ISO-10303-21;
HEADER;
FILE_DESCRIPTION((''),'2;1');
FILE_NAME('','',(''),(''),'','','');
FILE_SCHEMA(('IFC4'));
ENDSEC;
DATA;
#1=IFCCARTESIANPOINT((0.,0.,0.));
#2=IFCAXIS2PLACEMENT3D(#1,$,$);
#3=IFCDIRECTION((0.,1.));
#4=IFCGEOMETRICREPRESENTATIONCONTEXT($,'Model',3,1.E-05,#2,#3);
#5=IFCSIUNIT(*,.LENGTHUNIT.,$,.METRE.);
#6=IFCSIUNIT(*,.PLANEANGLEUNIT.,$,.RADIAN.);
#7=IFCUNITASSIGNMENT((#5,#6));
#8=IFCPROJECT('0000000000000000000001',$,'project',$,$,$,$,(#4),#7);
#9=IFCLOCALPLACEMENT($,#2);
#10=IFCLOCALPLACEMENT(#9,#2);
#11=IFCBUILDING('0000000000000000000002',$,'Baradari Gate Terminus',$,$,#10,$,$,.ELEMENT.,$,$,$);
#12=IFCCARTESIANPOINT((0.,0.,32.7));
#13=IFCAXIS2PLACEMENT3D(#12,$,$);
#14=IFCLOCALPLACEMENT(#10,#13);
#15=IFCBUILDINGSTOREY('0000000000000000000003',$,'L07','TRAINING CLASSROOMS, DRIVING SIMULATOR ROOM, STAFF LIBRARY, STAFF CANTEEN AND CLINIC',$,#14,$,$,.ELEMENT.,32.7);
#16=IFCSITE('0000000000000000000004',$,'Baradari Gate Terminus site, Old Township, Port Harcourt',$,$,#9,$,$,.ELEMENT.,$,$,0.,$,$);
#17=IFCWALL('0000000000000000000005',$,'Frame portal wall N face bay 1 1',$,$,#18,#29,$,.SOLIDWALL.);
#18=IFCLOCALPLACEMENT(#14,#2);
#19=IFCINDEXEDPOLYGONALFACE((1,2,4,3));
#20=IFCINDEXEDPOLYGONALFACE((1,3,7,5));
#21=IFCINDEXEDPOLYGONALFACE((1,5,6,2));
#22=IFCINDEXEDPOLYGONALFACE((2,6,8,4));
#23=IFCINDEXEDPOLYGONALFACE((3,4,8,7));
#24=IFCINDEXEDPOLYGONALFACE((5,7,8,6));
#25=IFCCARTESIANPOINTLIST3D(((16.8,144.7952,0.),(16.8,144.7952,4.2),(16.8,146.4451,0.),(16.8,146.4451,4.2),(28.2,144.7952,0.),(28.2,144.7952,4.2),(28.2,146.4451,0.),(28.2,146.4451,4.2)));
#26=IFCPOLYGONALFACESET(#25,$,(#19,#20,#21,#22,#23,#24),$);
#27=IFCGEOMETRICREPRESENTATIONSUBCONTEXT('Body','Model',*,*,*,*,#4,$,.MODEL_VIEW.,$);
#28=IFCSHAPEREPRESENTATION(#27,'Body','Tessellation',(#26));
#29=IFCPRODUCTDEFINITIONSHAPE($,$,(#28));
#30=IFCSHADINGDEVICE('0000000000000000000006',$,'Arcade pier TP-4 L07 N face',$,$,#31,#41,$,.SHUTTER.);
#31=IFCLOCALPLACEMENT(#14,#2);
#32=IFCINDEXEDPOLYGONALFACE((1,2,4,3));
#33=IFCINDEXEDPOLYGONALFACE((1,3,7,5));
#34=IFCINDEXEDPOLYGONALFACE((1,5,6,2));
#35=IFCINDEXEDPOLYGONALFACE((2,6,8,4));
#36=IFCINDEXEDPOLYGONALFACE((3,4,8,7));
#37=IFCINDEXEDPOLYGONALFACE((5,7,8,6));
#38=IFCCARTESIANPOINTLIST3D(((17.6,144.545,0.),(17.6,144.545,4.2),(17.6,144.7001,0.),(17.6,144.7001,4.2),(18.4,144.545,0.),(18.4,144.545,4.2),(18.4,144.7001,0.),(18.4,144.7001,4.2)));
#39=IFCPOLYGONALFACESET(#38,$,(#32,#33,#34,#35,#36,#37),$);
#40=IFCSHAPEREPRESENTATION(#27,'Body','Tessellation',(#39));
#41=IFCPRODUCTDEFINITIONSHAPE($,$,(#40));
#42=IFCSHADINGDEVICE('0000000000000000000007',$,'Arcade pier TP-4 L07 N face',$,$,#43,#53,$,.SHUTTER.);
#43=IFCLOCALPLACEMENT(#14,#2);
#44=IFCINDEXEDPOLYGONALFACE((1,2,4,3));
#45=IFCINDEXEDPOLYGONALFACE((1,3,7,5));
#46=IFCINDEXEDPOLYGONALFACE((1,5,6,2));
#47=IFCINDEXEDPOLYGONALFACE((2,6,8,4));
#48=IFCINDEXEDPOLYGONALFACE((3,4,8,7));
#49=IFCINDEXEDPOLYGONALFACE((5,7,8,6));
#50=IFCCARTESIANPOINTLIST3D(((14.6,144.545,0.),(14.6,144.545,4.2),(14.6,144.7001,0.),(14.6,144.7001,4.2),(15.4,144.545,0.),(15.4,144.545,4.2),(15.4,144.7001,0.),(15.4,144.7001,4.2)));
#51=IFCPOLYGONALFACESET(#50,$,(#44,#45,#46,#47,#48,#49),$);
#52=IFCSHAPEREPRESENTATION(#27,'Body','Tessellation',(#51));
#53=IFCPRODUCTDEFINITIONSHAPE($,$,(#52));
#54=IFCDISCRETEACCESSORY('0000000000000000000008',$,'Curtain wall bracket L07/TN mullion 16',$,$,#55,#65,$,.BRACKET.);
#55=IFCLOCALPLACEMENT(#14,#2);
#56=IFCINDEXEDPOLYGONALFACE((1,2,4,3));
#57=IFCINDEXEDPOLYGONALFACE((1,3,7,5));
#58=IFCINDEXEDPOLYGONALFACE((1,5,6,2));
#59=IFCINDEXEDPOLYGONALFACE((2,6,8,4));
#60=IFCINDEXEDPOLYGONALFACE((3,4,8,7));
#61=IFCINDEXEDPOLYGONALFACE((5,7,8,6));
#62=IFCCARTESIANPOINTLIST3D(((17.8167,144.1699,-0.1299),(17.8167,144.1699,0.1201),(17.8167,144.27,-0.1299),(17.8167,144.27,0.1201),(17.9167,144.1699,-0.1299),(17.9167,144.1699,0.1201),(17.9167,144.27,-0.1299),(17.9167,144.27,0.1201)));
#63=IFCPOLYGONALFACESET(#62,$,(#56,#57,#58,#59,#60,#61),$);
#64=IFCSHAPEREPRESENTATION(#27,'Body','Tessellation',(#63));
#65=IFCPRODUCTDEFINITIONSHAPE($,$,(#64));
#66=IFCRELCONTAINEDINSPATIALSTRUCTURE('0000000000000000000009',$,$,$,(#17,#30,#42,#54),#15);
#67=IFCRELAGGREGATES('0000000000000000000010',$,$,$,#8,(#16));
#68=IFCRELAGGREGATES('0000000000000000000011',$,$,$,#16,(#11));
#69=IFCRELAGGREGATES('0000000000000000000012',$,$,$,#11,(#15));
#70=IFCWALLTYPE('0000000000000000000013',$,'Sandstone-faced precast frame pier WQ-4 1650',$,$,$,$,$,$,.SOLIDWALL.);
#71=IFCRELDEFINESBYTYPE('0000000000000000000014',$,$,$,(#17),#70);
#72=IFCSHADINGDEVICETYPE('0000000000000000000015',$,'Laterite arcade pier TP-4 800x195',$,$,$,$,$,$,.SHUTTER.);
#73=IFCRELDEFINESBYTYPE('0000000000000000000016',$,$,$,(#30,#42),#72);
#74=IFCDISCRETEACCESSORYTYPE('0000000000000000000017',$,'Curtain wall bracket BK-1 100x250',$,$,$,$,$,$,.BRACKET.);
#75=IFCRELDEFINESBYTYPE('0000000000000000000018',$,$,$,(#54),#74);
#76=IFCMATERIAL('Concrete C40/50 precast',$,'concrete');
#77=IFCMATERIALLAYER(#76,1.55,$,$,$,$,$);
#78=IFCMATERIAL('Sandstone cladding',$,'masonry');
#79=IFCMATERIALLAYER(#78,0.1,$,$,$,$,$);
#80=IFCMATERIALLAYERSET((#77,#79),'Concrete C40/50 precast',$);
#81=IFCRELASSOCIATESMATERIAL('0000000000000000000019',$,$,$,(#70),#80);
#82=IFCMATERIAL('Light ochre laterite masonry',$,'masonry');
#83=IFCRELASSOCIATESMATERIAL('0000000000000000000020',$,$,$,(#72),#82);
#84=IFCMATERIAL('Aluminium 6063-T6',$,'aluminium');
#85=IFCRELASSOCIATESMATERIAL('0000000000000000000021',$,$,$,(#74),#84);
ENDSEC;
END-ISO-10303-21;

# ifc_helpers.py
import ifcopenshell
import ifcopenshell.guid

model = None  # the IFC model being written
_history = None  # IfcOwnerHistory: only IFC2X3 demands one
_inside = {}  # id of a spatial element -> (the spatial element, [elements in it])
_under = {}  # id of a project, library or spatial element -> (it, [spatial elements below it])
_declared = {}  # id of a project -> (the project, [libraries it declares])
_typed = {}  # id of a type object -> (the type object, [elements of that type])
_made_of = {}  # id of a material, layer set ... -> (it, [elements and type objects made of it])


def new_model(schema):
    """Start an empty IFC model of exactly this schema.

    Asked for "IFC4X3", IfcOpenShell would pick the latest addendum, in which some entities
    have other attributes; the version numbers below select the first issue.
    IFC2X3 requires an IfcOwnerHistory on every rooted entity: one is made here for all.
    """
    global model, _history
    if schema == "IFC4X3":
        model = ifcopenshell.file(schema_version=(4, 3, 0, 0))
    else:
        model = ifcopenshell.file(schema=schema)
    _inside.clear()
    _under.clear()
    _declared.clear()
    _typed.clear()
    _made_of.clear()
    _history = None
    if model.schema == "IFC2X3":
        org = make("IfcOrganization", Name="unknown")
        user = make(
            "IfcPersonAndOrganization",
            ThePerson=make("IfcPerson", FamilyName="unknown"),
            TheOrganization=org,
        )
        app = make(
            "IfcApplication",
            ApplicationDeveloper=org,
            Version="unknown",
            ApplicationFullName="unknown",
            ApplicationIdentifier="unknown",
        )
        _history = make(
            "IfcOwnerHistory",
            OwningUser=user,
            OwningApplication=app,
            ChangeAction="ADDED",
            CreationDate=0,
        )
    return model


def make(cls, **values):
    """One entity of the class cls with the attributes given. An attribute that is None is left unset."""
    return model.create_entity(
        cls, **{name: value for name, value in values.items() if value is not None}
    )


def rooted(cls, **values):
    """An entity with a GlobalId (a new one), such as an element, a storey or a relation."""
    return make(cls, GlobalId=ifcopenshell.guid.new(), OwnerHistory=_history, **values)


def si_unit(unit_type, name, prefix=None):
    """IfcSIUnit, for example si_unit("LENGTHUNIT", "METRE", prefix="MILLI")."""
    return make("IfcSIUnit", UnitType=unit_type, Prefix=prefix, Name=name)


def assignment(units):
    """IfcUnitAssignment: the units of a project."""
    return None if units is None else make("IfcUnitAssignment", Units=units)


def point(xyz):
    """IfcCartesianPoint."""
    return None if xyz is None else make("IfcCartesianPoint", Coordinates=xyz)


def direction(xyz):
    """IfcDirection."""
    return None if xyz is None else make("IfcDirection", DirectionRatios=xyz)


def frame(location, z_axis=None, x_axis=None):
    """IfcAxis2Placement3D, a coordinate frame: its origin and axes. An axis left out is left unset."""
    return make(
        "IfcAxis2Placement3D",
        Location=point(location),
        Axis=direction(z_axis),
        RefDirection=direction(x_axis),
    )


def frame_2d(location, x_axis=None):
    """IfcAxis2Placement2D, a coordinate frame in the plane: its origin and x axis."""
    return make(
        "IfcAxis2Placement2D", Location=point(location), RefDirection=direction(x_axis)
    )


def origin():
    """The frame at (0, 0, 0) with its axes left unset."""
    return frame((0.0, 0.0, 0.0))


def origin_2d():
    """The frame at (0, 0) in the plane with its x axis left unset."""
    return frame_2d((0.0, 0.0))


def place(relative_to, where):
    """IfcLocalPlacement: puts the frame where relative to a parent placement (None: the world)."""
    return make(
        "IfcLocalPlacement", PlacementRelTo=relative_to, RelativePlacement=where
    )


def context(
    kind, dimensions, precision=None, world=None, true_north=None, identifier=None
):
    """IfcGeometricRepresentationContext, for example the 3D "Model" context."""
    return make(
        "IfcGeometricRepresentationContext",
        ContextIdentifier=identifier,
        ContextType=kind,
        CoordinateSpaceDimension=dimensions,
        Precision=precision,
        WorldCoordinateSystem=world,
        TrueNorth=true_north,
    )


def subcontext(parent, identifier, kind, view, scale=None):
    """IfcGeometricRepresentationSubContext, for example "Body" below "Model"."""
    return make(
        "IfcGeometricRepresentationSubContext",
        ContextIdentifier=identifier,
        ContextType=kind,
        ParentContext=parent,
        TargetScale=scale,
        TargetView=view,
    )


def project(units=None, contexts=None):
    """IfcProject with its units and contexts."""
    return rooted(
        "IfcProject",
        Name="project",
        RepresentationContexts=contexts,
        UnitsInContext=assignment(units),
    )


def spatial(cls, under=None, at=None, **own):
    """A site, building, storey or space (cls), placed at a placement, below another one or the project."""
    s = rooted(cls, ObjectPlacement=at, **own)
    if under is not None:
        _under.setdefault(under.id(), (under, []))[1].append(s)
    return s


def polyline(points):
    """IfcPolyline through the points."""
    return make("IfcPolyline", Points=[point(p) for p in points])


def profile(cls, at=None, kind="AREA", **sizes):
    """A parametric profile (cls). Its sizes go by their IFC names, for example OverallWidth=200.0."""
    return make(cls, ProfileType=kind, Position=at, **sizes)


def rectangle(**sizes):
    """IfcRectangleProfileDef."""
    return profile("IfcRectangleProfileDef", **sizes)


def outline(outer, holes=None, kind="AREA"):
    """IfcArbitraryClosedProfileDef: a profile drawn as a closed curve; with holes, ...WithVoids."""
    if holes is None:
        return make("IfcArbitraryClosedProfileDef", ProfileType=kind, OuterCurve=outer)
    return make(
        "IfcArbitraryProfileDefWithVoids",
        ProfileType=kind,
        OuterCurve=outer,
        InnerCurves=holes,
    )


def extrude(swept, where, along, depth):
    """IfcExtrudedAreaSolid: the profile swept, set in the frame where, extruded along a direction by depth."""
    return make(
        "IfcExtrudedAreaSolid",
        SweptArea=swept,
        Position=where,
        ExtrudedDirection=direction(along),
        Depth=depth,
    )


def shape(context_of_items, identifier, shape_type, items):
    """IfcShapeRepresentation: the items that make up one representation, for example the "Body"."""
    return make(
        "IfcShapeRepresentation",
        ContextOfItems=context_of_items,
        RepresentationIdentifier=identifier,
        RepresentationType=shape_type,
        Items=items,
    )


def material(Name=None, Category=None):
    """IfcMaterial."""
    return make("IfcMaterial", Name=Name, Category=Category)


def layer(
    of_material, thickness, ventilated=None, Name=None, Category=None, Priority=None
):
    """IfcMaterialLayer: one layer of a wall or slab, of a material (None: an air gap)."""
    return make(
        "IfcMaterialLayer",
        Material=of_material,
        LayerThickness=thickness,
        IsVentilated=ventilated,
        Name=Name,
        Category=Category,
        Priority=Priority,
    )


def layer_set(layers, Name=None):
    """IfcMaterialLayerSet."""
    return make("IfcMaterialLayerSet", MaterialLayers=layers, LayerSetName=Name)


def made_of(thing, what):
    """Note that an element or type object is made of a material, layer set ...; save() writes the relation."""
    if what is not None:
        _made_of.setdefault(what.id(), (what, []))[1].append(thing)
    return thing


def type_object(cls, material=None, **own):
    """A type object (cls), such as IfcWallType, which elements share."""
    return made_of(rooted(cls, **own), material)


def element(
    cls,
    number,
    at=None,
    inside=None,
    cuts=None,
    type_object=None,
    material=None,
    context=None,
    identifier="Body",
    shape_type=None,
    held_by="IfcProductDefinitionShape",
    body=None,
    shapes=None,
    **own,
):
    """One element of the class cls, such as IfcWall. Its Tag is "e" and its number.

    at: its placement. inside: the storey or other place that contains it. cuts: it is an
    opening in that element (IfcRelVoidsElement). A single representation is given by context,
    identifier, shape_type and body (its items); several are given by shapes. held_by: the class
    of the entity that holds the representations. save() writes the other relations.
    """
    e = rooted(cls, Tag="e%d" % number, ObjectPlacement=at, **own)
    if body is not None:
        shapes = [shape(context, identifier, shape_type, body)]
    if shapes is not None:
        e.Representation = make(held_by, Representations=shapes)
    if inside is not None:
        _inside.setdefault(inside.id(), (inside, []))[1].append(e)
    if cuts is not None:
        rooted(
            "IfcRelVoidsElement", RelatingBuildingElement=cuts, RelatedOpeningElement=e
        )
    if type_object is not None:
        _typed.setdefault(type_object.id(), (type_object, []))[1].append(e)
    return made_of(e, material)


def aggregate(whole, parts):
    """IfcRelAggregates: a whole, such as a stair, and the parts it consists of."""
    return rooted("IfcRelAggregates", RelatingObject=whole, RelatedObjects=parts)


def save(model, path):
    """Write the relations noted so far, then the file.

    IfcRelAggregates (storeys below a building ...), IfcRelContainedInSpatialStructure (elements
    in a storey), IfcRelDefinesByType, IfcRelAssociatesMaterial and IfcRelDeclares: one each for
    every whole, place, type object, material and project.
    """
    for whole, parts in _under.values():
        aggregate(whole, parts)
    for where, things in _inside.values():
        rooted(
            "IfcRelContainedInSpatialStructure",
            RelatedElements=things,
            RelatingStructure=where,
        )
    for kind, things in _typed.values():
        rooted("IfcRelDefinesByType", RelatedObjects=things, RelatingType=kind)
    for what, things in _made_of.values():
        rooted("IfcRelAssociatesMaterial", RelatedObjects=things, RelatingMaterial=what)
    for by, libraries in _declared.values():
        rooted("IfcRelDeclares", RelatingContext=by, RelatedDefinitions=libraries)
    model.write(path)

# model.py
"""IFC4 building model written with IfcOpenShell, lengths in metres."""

from ifc_helpers import new_model, si_unit, direction, frame, origin, origin_2d, place, context, subcontext, project, spatial, polyline, rectangle, outline, extrude, material, layer, layer_set, type_object, element, save


model = new_model("IFC4")

# Units and contexts
model_context = context("Model", 3, precision=1e-05, world=origin(), true_north=direction((0.0, 1.0)))
body_context = subcontext(model_context, "Body", "Model", "MODEL_VIEW")
ifc_project = project(units=[si_unit("LENGTHUNIT", "METRE"), si_unit("PLANEANGLEUNIT", "RADIAN")], contexts=[model_context])

# Site, building, storey
site_placement = place(None, origin())
site = spatial("IfcSite", under=ifc_project, at=site_placement, Name="Baradari Gate Terminus site, Old Township, Port Harcourt", CompositionType="ELEMENT", RefElevation=0.0)
building_placement = place(site_placement, origin())
building = spatial("IfcBuilding", under=site, at=building_placement, Name="Baradari Gate Terminus", CompositionType="ELEMENT")
storey_placement = place(building_placement, frame((0.0, 0.0, 32.7)))
storey = spatial("IfcBuildingStorey", under=building, at=storey_placement, Name="L07", Description="TRAINING CLASSROOMS, DRIVING SIMULATOR ROOM, STAFF LIBRARY, STAFF CANTEEN AND CLINIC", CompositionType="ELEMENT", Elevation=32.7)

# Wall
ifc_material_1 = material(Name="Concrete C40/50 precast", Category="concrete")
ifc_layer_1 = layer(ifc_material_1, 1.55)
ifc_material_2 = material(Name="Sandstone cladding", Category="masonry")
ifc_layer_2 = layer(ifc_material_2, 0.1)
ifc_layer_set_1 = layer_set([ifc_layer_1, ifc_layer_2], Name="Concrete C40/50 precast")
wall_type_1 = type_object("IfcWallType", Name="Sandstone-faced precast frame pier WQ-4 1650", PredefinedType="SOLIDWALL", material=ifc_layer_set_1)
wall_1_placement = place(storey_placement, frame((16.8, 145.6201, 0.0), z_axis=(0.0, 0.0, 1.0), x_axis=(1.0, 0.0, 0.0)))
element("IfcWall", 1, at=wall_1_placement, inside=storey, type_object=wall_type_1, Name="Frame portal wall N face bay 1 1", PredefinedType="SOLIDWALL", context=body_context, shape_type="SweptSolid", body=[
    extrude(outline(polyline([(11.3999, 0.0), (11.3999, 4.2), (0.0, 4.2), (0.0, 0.0), (11.3999, 0.0)])), frame((0.0, 0.825, 0.0), z_axis=(0.0, -1.0, 0.0), x_axis=(1.0, 0.0, 0.0)), (0.0, 0.0, 1.0), 1.6499),
])

# Shading devices
ifc_material_3 = material(Name="Light ochre laterite masonry", Category="masonry")
shading_device_type = type_object("IfcShadingDeviceType", Name="Laterite arcade pier TP-4 800x195", PredefinedType="SHUTTER", material=ifc_material_3)
for number, where, z_axis, x_axis, name in (
    (2, (18.0, 144.6226, 0.0), (0.0, 0.0, 1.0), (-1.0, 0.0, 0.0), "Arcade pier TP-4 L07 N face"),
    (3, (15.0, 144.6226, 0.0), (0.0, 0.0, 1.0), (-1.0, 0.0, 0.0), "Arcade pier TP-4 L07 N face"),
):
    element("IfcShadingDevice", number, at=place(storey_placement, frame(where, z_axis=z_axis, x_axis=x_axis)), inside=storey, type_object=shading_device_type, Name=name, PredefinedType="SHUTTER", context=body_context, shape_type="SweptSolid", body=[
        extrude(rectangle(XDim=0.8, YDim=0.155, at=origin_2d()), origin(), (0.0, 0.0, 1.0), 4.2),
    ])

# Discrete accessory
ifc_material_4 = material(Name="Aluminium 6063-T6", Category="aluminium")
discrete_accessory_type = type_object("IfcDiscreteAccessoryType", Name="Curtain wall bracket BK-1 100x250", PredefinedType="BRACKET", material=ifc_material_4)
discrete_accessory_placement = place(storey_placement, frame((17.8667, 144.22, -0.1299), z_axis=(0.0, 0.0, 1.0), x_axis=(0.0, 1.0, 0.0)))
element("IfcDiscreteAccessory", 4, at=discrete_accessory_placement, inside=storey, type_object=discrete_accessory_type, Name="Curtain wall bracket L07/TN mullion 16", PredefinedType="BRACKET", context=body_context, shape_type="SweptSolid", body=[
    extrude(rectangle(XDim=0.1001, YDim=0.1001, at=origin_2d()), origin(), (0.0, 0.0, 1.0), 0.25),
])

save(model, "model.ifc")
